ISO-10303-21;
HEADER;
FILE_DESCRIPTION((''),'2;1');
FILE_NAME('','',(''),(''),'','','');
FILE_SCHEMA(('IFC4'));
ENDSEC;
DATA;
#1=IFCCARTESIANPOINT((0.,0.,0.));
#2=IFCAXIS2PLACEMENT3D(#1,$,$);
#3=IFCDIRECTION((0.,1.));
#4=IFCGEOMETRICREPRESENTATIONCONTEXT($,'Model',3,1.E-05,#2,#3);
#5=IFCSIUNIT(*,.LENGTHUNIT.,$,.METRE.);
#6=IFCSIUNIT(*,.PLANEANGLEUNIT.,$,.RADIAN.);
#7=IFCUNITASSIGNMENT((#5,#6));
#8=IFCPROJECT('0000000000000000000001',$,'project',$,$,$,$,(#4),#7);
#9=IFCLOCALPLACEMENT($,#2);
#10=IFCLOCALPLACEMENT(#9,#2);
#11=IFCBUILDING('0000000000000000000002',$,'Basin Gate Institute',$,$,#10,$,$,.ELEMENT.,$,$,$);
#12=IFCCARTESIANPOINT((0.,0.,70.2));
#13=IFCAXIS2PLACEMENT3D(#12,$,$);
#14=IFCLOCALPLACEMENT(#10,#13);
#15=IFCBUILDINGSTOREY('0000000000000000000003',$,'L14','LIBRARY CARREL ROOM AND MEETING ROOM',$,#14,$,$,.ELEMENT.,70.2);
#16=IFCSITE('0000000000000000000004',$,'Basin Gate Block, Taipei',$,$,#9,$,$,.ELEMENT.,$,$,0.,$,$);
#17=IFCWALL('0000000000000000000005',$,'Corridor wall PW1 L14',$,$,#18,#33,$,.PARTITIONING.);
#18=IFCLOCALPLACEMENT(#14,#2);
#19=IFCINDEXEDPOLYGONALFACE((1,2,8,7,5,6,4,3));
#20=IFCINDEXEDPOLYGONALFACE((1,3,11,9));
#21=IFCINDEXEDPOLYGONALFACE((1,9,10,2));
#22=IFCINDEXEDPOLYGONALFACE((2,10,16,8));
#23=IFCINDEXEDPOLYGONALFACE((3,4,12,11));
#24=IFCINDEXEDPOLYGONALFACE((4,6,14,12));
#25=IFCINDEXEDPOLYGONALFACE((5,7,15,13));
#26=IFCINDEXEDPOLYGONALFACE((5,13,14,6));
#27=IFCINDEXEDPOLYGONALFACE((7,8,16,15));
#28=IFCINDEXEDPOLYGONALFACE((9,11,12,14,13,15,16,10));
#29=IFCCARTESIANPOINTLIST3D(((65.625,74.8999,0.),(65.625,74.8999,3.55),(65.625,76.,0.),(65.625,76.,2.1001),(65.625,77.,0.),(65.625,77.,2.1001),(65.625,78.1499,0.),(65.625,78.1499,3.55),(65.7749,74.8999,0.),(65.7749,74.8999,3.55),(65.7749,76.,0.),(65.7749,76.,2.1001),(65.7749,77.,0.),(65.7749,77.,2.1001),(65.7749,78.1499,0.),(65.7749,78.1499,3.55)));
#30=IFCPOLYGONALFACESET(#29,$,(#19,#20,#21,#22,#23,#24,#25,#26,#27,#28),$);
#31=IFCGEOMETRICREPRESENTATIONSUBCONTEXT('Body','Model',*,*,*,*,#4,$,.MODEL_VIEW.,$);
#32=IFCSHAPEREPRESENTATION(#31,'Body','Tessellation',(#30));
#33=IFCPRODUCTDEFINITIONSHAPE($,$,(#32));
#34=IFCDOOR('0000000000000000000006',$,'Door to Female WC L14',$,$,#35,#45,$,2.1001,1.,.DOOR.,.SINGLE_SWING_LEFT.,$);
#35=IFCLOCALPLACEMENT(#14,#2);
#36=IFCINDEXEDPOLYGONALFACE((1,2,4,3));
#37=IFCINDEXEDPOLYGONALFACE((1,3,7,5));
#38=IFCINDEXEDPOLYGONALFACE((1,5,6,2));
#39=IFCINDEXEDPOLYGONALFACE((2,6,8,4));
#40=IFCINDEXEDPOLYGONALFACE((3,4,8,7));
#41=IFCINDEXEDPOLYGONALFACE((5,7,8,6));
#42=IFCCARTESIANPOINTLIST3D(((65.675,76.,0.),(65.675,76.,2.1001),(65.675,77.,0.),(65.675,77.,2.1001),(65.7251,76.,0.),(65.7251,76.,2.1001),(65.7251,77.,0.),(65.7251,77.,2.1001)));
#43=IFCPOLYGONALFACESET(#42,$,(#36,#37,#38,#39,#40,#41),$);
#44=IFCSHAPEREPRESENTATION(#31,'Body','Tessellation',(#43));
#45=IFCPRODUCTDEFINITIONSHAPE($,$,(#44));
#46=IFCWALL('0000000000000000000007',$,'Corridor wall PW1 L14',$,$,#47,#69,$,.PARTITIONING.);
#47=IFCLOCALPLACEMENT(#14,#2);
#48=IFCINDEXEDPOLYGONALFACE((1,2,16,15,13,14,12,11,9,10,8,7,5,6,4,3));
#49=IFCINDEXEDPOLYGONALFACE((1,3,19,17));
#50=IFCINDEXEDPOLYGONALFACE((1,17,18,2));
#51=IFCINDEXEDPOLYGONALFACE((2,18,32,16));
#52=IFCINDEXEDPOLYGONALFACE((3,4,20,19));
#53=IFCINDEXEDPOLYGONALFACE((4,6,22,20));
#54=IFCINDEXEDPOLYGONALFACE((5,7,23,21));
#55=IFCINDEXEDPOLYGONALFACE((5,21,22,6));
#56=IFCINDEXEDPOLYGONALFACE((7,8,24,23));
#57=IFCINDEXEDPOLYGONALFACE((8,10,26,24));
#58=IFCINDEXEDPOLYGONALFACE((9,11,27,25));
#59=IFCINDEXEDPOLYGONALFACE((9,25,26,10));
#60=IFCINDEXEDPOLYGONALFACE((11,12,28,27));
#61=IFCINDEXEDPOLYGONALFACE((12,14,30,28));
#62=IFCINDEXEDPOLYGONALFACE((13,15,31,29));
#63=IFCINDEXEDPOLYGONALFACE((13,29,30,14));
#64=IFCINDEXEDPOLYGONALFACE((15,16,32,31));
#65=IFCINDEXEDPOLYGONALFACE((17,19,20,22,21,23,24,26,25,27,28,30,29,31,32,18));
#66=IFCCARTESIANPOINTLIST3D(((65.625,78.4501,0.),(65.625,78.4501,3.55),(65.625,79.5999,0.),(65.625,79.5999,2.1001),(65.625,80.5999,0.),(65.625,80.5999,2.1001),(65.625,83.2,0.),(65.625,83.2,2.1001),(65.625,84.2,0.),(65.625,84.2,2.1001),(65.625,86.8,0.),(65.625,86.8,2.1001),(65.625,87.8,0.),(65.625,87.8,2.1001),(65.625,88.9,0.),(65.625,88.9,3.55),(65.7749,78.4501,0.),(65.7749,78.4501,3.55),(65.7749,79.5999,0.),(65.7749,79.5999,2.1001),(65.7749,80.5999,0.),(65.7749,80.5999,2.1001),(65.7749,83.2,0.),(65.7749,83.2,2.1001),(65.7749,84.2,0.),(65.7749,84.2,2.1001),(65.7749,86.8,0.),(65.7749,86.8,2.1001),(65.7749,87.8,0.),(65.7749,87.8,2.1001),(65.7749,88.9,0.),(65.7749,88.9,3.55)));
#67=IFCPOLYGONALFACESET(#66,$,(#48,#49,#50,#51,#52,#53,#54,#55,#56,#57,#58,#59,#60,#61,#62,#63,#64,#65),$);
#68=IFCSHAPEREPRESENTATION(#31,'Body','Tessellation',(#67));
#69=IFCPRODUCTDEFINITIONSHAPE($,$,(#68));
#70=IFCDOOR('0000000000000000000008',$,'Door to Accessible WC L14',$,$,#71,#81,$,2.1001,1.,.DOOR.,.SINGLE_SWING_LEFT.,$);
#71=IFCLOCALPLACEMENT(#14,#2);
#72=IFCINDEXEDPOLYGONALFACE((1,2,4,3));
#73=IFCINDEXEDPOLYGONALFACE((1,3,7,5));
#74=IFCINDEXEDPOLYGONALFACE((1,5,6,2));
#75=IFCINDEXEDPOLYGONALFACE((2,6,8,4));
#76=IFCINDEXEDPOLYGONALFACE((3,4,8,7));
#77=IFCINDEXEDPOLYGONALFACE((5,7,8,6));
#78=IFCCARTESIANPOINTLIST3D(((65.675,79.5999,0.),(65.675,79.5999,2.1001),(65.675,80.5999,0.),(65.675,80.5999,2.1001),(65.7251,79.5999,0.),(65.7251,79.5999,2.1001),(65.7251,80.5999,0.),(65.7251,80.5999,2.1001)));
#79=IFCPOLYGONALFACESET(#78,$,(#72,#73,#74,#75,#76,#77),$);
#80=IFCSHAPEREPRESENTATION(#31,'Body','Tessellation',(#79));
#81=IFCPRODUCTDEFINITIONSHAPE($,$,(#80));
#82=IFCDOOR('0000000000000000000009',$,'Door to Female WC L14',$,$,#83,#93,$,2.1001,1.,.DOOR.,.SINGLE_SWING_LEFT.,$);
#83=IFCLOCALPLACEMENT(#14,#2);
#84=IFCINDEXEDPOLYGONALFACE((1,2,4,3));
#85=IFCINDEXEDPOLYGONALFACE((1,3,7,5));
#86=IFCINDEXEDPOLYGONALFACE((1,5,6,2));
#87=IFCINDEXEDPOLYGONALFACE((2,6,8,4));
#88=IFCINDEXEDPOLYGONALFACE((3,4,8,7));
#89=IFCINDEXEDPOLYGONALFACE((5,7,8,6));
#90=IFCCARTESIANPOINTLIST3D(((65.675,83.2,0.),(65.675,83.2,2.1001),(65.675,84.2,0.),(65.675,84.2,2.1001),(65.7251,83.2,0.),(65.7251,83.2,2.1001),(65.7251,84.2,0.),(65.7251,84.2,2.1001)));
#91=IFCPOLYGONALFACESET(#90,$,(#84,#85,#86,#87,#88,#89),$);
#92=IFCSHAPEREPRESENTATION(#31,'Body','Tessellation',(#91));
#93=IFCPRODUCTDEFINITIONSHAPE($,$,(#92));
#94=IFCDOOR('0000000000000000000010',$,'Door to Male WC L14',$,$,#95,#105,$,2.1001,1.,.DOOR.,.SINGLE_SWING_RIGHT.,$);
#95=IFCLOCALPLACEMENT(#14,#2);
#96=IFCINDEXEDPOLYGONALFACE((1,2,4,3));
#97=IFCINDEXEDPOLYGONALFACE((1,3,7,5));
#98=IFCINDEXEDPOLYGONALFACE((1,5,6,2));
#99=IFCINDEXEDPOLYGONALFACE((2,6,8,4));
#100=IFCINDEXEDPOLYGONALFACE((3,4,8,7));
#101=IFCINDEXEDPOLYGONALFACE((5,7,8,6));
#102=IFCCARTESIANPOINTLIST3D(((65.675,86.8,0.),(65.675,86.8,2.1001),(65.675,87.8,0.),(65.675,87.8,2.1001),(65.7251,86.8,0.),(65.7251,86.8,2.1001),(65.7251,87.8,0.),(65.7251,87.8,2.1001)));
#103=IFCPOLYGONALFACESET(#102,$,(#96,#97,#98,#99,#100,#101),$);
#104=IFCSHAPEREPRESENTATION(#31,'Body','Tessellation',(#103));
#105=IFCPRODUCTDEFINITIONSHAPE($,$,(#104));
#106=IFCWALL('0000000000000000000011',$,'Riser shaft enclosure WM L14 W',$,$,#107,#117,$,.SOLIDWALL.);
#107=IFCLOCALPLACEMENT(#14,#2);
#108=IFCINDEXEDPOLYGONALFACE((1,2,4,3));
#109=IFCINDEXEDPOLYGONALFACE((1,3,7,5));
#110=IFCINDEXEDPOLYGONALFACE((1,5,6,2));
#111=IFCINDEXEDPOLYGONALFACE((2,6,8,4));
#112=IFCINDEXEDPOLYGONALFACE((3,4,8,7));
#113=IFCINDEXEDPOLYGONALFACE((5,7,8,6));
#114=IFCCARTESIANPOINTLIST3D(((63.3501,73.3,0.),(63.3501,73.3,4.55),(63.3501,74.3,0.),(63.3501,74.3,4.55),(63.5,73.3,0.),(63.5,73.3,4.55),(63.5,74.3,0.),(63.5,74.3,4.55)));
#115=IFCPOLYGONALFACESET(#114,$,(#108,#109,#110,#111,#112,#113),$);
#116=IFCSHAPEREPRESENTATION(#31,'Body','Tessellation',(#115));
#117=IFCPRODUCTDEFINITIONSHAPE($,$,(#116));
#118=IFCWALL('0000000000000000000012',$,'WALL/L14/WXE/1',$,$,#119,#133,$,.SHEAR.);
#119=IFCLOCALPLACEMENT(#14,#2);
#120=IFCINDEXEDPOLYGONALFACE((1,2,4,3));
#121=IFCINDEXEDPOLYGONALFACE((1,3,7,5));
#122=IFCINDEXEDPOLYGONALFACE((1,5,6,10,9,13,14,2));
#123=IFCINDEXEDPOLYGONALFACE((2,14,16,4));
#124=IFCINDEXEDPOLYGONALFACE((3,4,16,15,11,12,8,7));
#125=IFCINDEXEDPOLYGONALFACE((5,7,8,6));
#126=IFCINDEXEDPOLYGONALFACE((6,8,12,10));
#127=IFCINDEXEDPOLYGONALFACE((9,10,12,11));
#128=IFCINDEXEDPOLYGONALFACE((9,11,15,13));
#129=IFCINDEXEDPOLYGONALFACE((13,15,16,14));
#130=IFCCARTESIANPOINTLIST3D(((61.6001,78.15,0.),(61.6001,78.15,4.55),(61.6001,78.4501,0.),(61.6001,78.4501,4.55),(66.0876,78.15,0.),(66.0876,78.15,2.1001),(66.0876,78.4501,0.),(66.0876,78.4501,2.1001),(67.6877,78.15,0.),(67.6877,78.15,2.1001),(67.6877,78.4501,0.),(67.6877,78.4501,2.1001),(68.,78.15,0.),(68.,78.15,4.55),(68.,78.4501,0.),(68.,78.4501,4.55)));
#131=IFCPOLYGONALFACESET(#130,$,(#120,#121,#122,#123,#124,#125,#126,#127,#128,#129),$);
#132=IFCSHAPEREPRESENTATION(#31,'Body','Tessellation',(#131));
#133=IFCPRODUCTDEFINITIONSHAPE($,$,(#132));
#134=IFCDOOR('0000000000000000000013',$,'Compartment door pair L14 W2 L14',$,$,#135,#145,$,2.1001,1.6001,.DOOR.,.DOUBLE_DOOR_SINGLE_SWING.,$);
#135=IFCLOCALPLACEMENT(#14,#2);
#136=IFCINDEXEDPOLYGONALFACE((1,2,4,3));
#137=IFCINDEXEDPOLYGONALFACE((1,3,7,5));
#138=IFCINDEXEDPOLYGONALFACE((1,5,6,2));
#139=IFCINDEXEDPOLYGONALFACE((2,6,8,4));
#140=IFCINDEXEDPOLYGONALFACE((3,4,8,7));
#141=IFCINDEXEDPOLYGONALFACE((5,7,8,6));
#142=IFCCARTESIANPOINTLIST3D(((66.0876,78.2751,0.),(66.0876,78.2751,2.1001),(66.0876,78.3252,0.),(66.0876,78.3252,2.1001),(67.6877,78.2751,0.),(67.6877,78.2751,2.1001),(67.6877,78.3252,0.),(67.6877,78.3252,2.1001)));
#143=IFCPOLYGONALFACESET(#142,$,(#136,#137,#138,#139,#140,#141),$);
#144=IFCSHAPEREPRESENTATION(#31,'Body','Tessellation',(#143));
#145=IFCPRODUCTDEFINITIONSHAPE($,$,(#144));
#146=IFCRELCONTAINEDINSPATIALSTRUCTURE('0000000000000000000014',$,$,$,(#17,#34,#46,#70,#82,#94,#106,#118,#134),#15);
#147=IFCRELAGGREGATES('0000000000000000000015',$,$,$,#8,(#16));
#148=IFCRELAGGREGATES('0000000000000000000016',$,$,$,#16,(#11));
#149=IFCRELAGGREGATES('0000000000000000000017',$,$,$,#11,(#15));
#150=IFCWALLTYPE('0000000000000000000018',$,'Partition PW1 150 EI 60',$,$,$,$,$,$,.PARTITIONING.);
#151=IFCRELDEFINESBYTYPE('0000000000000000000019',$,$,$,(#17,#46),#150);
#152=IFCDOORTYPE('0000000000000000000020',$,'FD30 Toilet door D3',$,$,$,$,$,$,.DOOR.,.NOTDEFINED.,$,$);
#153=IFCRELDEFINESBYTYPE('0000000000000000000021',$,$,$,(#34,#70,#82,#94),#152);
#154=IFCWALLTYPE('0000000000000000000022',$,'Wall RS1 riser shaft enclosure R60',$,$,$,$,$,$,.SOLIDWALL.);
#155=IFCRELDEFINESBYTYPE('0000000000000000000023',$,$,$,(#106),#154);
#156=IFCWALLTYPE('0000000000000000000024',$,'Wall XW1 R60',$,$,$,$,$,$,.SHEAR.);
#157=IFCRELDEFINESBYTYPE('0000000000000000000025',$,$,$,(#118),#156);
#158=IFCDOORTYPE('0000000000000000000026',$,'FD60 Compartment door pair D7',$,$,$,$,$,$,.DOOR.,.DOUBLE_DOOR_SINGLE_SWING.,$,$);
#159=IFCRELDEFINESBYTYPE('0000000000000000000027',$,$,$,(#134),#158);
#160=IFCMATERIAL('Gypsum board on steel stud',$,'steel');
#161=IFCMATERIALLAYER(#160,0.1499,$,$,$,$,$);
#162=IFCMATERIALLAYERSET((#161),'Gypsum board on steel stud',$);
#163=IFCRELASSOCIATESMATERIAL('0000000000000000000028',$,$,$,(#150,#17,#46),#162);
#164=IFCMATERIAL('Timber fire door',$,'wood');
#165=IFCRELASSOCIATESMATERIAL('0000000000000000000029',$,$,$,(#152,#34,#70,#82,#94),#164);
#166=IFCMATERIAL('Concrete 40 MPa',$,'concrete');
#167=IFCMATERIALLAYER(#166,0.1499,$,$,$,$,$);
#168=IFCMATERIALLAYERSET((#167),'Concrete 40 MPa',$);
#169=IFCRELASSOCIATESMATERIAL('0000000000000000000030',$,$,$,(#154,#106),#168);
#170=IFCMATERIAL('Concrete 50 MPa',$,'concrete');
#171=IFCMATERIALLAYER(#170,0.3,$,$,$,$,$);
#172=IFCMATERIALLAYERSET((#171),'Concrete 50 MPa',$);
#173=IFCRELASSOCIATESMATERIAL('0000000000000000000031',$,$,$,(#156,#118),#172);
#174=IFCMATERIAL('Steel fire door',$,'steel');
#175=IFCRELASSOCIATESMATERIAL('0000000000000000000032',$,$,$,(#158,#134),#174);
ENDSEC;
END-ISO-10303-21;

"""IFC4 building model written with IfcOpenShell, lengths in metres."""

from ifc_helpers import new_model, si_unit, direction, frame, frame_2d, origin, place, context, subcontext, project, spatial, rectangle, extrude, material, layer, layer_set, type_object, element, fill, save


model = new_model("IFC4")

# Units and contexts
model_context = context("Model", 3, precision=1e-05, world=origin(), true_north=direction((0.0, 1.0)))
body_context = subcontext(model_context, "Body", "Model", "MODEL_VIEW")
ifc_project = project(units=[si_unit("LENGTHUNIT", "METRE"), si_unit("PLANEANGLEUNIT", "RADIAN")], contexts=[model_context])

# Site, building, storey
site_placement = place(None, origin())
site = spatial("IfcSite", under=ifc_project, at=site_placement, Name="Basin Gate Block, Taipei", CompositionType="ELEMENT", RefElevation=0.0)
building_placement = place(site_placement, origin())
building = spatial("IfcBuilding", under=site, at=building_placement, Name="Basin Gate Institute", CompositionType="ELEMENT")
storey_placement = place(building_placement, frame((0.0, 0.0, 70.2)))
storey = spatial("IfcBuildingStorey", under=building, at=storey_placement, Name="L14", Description="LIBRARY CARREL ROOM AND MEETING ROOM", CompositionType="ELEMENT", Elevation=70.2)

# Wall, opening, door
ifc_material_1 = material(Name="Gypsum board on steel stud", Category="steel")
ifc_layer_1 = layer(ifc_material_1, 0.1499)
ifc_layer_set_1 = layer_set([ifc_layer_1], Name="Gypsum board on steel stud")
wall_type_1 = type_object("IfcWallType", Name="Partition PW1 150 EI 60", PredefinedType="PARTITIONING", material=ifc_layer_set_1)
wall_1_placement = place(storey_placement, frame((65.7, 74.8999, 0.0), z_axis=(0.0, 0.0, 1.0), x_axis=(0.0, 1.0, 0.0)))
wall_1 = element("IfcWall", 1, at=wall_1_placement, inside=storey, type_object=wall_type_1, material=ifc_layer_set_1, Name="Corridor wall PW1 L14", PredefinedType="PARTITIONING", context=body_context, shape_type="SweptSolid", body=[
    extrude(rectangle(XDim=3.25, YDim=0.1499, at=frame_2d((1.625, 0.0))), origin(), (0.0, 0.0, 1.0), 3.55),
])
opening_1_placement = place(wall_1_placement, frame((1.1001, 0.0, 0.0)))
opening_1 = element("IfcOpeningElement", 2, at=opening_1_placement, cuts=wall_1, PredefinedType="OPENING", context=body_context, shape_type="SweptSolid", body=[
    extrude(rectangle(XDim=1.0, YDim=2.1001, at=frame_2d((0.5, 1.05))), frame((0.0, 0.085, 0.0), z_axis=(0.0, -1.0, 0.0), x_axis=(1.0, 0.0, 0.0)), (0.0, 0.0, 1.0), 0.1699),
])
ifc_material_2 = material(Name="Timber fire door", Category="wood")
door_type_1 = type_object("IfcDoorType", Name="FD30 Toilet door D3", OperationType="NOTDEFINED", PredefinedType="DOOR", material=ifc_material_2)
door_1_placement = place(opening_1_placement, origin())
door_1 = element("IfcDoor", 3, at=door_1_placement, inside=storey, type_object=door_type_1, material=ifc_material_2, Name="Door to Female WC L14", OperationType="SINGLE_SWING_LEFT", OverallHeight=2.1001, OverallWidth=1.0, PredefinedType="DOOR", context=body_context, shape_type="SweptSolid", body=[
    extrude(rectangle(XDim=1.0, YDim=2.1001, at=frame_2d((0.5, 1.05))), frame((0.0, 0.0249, 0.0), z_axis=(0.0, -1.0, 0.0), x_axis=(1.0, 0.0, 0.0)), (0.0, 0.0, 1.0), 0.05),
])
fill(opening_1, door_1)

# Wall, openings, doors
wall_2_placement = place(storey_placement, frame((65.7, 78.45, 0.0), z_axis=(0.0, 0.0, 1.0), x_axis=(0.0, 1.0, 0.0)))
wall_2 = element("IfcWall", 4, at=wall_2_placement, inside=storey, type_object=wall_type_1, material=ifc_layer_set_1, Name="Corridor wall PW1 L14", PredefinedType="PARTITIONING", context=body_context, shape_type="SweptSolid", body=[
    extrude(rectangle(XDim=10.45, YDim=0.1499, at=frame_2d((5.2251, 0.0))), origin(), (0.0, 0.0, 1.0), 3.55),
])
opening_2_placement = place(wall_2_placement, frame((1.1499, 0.0, 0.0)))
opening_2 = element("IfcOpeningElement", 5, at=opening_2_placement, cuts=wall_2, PredefinedType="OPENING", context=body_context, shape_type="SweptSolid", body=[
    extrude(rectangle(XDim=1.0, YDim=2.1001, at=frame_2d((0.5, 1.05))), frame((0.0, 0.085, 0.0), z_axis=(0.0, -1.0, 0.0), x_axis=(1.0, 0.0, 0.0)), (0.0, 0.0, 1.0), 0.1699),
])
opening_3_placement = place(wall_2_placement, frame((4.75, 0.0, 0.0)))
opening_3 = element("IfcOpeningElement", 6, at=opening_3_placement, cuts=wall_2, PredefinedType="OPENING", context=body_context, shape_type="SweptSolid", body=[
    extrude(rectangle(XDim=1.0, YDim=2.1001, at=frame_2d((0.5, 1.05))), frame((0.0, 0.085, 0.0), z_axis=(0.0, -1.0, 0.0), x_axis=(1.0, 0.0, 0.0)), (0.0, 0.0, 1.0), 0.1699),
])
opening_4_placement = place(wall_2_placement, frame((8.3501, 0.0, 0.0)))
opening_4 = element("IfcOpeningElement", 7, at=opening_4_placement, cuts=wall_2, PredefinedType="OPENING", context=body_context, shape_type="SweptSolid", body=[
    extrude(rectangle(XDim=1.0, YDim=2.1001, at=frame_2d((0.5, 1.05))), frame((0.0, 0.085, 0.0), z_axis=(0.0, -1.0, 0.0), x_axis=(1.0, 0.0, 0.0)), (0.0, 0.0, 1.0), 0.1699),
])
door_2_placement = place(opening_2_placement, origin())
door_2 = element("IfcDoor", 8, at=door_2_placement, inside=storey, type_object=door_type_1, material=ifc_material_2, Name="Door to Accessible WC L14", OperationType="SINGLE_SWING_LEFT", OverallHeight=2.1001, OverallWidth=1.0, PredefinedType="DOOR", context=body_context, shape_type="SweptSolid", body=[
    extrude(rectangle(XDim=1.0, YDim=2.1001, at=frame_2d((0.5, 1.05))), frame((0.0, 0.0249, 0.0), z_axis=(0.0, -1.0, 0.0), x_axis=(1.0, 0.0, 0.0)), (0.0, 0.0, 1.0), 0.05),
])
fill(opening_2, door_2)
door_3_placement = place(opening_3_placement, origin())
door_3 = element("IfcDoor", 9, at=door_3_placement, inside=storey, type_object=door_type_1, material=ifc_material_2, Name="Door to Female WC L14", OperationType="SINGLE_SWING_LEFT", OverallHeight=2.1001, OverallWidth=1.0, PredefinedType="DOOR", context=body_context, shape_type="SweptSolid", body=[
    extrude(rectangle(XDim=1.0, YDim=2.1001, at=frame_2d((0.5, 1.05))), frame((0.0, 0.0249, 0.0), z_axis=(0.0, -1.0, 0.0), x_axis=(1.0, 0.0, 0.0)), (0.0, 0.0, 1.0), 0.05),
])
fill(opening_3, door_3)
door_4_placement = place(opening_4_placement, origin())
door_4 = element("IfcDoor", 10, at=door_4_placement, inside=storey, type_object=door_type_1, material=ifc_material_2, Name="Door to Male WC L14", OperationType="SINGLE_SWING_RIGHT", OverallHeight=2.1001, OverallWidth=1.0, PredefinedType="DOOR", context=body_context, shape_type="SweptSolid", body=[
    extrude(rectangle(XDim=1.0, YDim=2.1001, at=frame_2d((0.5, 1.05))), frame((0.0, 0.0249, 0.0), z_axis=(0.0, -1.0, 0.0), x_axis=(1.0, 0.0, 0.0)), (0.0, 0.0, 1.0), 0.05),
])
fill(opening_4, door_4)

# Wall
ifc_material_3 = material(Name="Concrete 40 MPa", Category="concrete")
ifc_layer_2 = layer(ifc_material_3, 0.1499)
ifc_layer_set_2 = layer_set([ifc_layer_2], Name="Concrete 40 MPa")
wall_type_2 = type_object("IfcWallType", Name="Wall RS1 riser shaft enclosure R60", PredefinedType="SOLIDWALL", material=ifc_layer_set_2)
wall_3_placement = place(storey_placement, frame((63.425, 73.3, 0.0), z_axis=(0.0, 0.0, 1.0), x_axis=(0.0, 1.0, 0.0)))
element("IfcWall", 11, at=wall_3_placement, inside=storey, type_object=wall_type_2, material=ifc_layer_set_2, Name="Riser shaft enclosure WM L14 W", PredefinedType="SOLIDWALL", context=body_context, shape_type="SweptSolid", body=[
    extrude(rectangle(XDim=1.0, YDim=0.1499, at=frame_2d((0.5, 0.0))), origin(), (0.0, 0.0, 1.0), 4.55),
])

# Wall, opening, door
ifc_material_4 = material(Name="Concrete 50 MPa", Category="concrete")
ifc_layer_3 = layer(ifc_material_4, 0.3)
ifc_layer_set_3 = layer_set([ifc_layer_3], Name="Concrete 50 MPa")
wall_type_3 = type_object("IfcWallType", Name="Wall XW1 R60", PredefinedType="SHEAR", material=ifc_layer_set_3)
wall_4_placement = place(storey_placement, frame((61.6001, 78.3, 0.0), z_axis=(0.0, 0.0, 1.0), x_axis=(1.0, 0.0, 0.0)))
wall_4 = element("IfcWall", 12, at=wall_4_placement, inside=storey, type_object=wall_type_3, material=ifc_layer_set_3, Name="WALL/L14/WXE/1", PredefinedType="SHEAR", context=body_context, shape_type="SweptSolid", body=[
    extrude(rectangle(XDim=6.3999, YDim=0.3, at=frame_2d((3.2, 0.0))), origin(), (0.0, 0.0, 1.0), 4.55),
])
opening_5_placement = place(wall_4_placement, frame((4.4875, 0.0, 0.0)))
opening_5 = element("IfcOpeningElement", 13, at=opening_5_placement, cuts=wall_4, PredefinedType="OPENING", context=body_context, shape_type="SweptSolid", body=[
    extrude(rectangle(XDim=1.6001, YDim=2.1001, at=frame_2d((0.8, 1.05))), frame((0.0, 0.1602, 0.0), z_axis=(0.0, -1.0, 0.0), x_axis=(1.0, 0.0, 0.0)), (0.0, 0.0, 1.0), 0.3201),
])
ifc_material_5 = material(Name="Steel fire door", Category="steel")
door_type_2 = type_object("IfcDoorType", Name="FD60 Compartment door pair D7", OperationType="DOUBLE_DOOR_SINGLE_SWING", PredefinedType="DOOR", material=ifc_material_5)
door_5_placement = place(opening_5_placement, frame((1.6001, 0.0, 0.0), z_axis=(0.0, 0.0, 1.0), x_axis=(-1.0, 0.0, 0.0)))
door_5 = element("IfcDoor", 14, at=door_5_placement, inside=storey, type_object=door_type_2, material=ifc_material_5, Name="Compartment door pair L14 W2 L14", OperationType="DOUBLE_DOOR_SINGLE_SWING", OverallHeight=2.1001, OverallWidth=1.6001, PredefinedType="DOOR", context=body_context, shape_type="SweptSolid", body=[
    extrude(rectangle(XDim=1.6001, YDim=2.1001, at=frame_2d((0.8, 1.05))), frame((0.0, 0.0249, 0.0), z_axis=(0.0, -1.0, 0.0), x_axis=(1.0, 0.0, 0.0)), (0.0, 0.0, 1.0), 0.05),
])
fill(opening_5, door_5)

save(model, "model.ifc")
